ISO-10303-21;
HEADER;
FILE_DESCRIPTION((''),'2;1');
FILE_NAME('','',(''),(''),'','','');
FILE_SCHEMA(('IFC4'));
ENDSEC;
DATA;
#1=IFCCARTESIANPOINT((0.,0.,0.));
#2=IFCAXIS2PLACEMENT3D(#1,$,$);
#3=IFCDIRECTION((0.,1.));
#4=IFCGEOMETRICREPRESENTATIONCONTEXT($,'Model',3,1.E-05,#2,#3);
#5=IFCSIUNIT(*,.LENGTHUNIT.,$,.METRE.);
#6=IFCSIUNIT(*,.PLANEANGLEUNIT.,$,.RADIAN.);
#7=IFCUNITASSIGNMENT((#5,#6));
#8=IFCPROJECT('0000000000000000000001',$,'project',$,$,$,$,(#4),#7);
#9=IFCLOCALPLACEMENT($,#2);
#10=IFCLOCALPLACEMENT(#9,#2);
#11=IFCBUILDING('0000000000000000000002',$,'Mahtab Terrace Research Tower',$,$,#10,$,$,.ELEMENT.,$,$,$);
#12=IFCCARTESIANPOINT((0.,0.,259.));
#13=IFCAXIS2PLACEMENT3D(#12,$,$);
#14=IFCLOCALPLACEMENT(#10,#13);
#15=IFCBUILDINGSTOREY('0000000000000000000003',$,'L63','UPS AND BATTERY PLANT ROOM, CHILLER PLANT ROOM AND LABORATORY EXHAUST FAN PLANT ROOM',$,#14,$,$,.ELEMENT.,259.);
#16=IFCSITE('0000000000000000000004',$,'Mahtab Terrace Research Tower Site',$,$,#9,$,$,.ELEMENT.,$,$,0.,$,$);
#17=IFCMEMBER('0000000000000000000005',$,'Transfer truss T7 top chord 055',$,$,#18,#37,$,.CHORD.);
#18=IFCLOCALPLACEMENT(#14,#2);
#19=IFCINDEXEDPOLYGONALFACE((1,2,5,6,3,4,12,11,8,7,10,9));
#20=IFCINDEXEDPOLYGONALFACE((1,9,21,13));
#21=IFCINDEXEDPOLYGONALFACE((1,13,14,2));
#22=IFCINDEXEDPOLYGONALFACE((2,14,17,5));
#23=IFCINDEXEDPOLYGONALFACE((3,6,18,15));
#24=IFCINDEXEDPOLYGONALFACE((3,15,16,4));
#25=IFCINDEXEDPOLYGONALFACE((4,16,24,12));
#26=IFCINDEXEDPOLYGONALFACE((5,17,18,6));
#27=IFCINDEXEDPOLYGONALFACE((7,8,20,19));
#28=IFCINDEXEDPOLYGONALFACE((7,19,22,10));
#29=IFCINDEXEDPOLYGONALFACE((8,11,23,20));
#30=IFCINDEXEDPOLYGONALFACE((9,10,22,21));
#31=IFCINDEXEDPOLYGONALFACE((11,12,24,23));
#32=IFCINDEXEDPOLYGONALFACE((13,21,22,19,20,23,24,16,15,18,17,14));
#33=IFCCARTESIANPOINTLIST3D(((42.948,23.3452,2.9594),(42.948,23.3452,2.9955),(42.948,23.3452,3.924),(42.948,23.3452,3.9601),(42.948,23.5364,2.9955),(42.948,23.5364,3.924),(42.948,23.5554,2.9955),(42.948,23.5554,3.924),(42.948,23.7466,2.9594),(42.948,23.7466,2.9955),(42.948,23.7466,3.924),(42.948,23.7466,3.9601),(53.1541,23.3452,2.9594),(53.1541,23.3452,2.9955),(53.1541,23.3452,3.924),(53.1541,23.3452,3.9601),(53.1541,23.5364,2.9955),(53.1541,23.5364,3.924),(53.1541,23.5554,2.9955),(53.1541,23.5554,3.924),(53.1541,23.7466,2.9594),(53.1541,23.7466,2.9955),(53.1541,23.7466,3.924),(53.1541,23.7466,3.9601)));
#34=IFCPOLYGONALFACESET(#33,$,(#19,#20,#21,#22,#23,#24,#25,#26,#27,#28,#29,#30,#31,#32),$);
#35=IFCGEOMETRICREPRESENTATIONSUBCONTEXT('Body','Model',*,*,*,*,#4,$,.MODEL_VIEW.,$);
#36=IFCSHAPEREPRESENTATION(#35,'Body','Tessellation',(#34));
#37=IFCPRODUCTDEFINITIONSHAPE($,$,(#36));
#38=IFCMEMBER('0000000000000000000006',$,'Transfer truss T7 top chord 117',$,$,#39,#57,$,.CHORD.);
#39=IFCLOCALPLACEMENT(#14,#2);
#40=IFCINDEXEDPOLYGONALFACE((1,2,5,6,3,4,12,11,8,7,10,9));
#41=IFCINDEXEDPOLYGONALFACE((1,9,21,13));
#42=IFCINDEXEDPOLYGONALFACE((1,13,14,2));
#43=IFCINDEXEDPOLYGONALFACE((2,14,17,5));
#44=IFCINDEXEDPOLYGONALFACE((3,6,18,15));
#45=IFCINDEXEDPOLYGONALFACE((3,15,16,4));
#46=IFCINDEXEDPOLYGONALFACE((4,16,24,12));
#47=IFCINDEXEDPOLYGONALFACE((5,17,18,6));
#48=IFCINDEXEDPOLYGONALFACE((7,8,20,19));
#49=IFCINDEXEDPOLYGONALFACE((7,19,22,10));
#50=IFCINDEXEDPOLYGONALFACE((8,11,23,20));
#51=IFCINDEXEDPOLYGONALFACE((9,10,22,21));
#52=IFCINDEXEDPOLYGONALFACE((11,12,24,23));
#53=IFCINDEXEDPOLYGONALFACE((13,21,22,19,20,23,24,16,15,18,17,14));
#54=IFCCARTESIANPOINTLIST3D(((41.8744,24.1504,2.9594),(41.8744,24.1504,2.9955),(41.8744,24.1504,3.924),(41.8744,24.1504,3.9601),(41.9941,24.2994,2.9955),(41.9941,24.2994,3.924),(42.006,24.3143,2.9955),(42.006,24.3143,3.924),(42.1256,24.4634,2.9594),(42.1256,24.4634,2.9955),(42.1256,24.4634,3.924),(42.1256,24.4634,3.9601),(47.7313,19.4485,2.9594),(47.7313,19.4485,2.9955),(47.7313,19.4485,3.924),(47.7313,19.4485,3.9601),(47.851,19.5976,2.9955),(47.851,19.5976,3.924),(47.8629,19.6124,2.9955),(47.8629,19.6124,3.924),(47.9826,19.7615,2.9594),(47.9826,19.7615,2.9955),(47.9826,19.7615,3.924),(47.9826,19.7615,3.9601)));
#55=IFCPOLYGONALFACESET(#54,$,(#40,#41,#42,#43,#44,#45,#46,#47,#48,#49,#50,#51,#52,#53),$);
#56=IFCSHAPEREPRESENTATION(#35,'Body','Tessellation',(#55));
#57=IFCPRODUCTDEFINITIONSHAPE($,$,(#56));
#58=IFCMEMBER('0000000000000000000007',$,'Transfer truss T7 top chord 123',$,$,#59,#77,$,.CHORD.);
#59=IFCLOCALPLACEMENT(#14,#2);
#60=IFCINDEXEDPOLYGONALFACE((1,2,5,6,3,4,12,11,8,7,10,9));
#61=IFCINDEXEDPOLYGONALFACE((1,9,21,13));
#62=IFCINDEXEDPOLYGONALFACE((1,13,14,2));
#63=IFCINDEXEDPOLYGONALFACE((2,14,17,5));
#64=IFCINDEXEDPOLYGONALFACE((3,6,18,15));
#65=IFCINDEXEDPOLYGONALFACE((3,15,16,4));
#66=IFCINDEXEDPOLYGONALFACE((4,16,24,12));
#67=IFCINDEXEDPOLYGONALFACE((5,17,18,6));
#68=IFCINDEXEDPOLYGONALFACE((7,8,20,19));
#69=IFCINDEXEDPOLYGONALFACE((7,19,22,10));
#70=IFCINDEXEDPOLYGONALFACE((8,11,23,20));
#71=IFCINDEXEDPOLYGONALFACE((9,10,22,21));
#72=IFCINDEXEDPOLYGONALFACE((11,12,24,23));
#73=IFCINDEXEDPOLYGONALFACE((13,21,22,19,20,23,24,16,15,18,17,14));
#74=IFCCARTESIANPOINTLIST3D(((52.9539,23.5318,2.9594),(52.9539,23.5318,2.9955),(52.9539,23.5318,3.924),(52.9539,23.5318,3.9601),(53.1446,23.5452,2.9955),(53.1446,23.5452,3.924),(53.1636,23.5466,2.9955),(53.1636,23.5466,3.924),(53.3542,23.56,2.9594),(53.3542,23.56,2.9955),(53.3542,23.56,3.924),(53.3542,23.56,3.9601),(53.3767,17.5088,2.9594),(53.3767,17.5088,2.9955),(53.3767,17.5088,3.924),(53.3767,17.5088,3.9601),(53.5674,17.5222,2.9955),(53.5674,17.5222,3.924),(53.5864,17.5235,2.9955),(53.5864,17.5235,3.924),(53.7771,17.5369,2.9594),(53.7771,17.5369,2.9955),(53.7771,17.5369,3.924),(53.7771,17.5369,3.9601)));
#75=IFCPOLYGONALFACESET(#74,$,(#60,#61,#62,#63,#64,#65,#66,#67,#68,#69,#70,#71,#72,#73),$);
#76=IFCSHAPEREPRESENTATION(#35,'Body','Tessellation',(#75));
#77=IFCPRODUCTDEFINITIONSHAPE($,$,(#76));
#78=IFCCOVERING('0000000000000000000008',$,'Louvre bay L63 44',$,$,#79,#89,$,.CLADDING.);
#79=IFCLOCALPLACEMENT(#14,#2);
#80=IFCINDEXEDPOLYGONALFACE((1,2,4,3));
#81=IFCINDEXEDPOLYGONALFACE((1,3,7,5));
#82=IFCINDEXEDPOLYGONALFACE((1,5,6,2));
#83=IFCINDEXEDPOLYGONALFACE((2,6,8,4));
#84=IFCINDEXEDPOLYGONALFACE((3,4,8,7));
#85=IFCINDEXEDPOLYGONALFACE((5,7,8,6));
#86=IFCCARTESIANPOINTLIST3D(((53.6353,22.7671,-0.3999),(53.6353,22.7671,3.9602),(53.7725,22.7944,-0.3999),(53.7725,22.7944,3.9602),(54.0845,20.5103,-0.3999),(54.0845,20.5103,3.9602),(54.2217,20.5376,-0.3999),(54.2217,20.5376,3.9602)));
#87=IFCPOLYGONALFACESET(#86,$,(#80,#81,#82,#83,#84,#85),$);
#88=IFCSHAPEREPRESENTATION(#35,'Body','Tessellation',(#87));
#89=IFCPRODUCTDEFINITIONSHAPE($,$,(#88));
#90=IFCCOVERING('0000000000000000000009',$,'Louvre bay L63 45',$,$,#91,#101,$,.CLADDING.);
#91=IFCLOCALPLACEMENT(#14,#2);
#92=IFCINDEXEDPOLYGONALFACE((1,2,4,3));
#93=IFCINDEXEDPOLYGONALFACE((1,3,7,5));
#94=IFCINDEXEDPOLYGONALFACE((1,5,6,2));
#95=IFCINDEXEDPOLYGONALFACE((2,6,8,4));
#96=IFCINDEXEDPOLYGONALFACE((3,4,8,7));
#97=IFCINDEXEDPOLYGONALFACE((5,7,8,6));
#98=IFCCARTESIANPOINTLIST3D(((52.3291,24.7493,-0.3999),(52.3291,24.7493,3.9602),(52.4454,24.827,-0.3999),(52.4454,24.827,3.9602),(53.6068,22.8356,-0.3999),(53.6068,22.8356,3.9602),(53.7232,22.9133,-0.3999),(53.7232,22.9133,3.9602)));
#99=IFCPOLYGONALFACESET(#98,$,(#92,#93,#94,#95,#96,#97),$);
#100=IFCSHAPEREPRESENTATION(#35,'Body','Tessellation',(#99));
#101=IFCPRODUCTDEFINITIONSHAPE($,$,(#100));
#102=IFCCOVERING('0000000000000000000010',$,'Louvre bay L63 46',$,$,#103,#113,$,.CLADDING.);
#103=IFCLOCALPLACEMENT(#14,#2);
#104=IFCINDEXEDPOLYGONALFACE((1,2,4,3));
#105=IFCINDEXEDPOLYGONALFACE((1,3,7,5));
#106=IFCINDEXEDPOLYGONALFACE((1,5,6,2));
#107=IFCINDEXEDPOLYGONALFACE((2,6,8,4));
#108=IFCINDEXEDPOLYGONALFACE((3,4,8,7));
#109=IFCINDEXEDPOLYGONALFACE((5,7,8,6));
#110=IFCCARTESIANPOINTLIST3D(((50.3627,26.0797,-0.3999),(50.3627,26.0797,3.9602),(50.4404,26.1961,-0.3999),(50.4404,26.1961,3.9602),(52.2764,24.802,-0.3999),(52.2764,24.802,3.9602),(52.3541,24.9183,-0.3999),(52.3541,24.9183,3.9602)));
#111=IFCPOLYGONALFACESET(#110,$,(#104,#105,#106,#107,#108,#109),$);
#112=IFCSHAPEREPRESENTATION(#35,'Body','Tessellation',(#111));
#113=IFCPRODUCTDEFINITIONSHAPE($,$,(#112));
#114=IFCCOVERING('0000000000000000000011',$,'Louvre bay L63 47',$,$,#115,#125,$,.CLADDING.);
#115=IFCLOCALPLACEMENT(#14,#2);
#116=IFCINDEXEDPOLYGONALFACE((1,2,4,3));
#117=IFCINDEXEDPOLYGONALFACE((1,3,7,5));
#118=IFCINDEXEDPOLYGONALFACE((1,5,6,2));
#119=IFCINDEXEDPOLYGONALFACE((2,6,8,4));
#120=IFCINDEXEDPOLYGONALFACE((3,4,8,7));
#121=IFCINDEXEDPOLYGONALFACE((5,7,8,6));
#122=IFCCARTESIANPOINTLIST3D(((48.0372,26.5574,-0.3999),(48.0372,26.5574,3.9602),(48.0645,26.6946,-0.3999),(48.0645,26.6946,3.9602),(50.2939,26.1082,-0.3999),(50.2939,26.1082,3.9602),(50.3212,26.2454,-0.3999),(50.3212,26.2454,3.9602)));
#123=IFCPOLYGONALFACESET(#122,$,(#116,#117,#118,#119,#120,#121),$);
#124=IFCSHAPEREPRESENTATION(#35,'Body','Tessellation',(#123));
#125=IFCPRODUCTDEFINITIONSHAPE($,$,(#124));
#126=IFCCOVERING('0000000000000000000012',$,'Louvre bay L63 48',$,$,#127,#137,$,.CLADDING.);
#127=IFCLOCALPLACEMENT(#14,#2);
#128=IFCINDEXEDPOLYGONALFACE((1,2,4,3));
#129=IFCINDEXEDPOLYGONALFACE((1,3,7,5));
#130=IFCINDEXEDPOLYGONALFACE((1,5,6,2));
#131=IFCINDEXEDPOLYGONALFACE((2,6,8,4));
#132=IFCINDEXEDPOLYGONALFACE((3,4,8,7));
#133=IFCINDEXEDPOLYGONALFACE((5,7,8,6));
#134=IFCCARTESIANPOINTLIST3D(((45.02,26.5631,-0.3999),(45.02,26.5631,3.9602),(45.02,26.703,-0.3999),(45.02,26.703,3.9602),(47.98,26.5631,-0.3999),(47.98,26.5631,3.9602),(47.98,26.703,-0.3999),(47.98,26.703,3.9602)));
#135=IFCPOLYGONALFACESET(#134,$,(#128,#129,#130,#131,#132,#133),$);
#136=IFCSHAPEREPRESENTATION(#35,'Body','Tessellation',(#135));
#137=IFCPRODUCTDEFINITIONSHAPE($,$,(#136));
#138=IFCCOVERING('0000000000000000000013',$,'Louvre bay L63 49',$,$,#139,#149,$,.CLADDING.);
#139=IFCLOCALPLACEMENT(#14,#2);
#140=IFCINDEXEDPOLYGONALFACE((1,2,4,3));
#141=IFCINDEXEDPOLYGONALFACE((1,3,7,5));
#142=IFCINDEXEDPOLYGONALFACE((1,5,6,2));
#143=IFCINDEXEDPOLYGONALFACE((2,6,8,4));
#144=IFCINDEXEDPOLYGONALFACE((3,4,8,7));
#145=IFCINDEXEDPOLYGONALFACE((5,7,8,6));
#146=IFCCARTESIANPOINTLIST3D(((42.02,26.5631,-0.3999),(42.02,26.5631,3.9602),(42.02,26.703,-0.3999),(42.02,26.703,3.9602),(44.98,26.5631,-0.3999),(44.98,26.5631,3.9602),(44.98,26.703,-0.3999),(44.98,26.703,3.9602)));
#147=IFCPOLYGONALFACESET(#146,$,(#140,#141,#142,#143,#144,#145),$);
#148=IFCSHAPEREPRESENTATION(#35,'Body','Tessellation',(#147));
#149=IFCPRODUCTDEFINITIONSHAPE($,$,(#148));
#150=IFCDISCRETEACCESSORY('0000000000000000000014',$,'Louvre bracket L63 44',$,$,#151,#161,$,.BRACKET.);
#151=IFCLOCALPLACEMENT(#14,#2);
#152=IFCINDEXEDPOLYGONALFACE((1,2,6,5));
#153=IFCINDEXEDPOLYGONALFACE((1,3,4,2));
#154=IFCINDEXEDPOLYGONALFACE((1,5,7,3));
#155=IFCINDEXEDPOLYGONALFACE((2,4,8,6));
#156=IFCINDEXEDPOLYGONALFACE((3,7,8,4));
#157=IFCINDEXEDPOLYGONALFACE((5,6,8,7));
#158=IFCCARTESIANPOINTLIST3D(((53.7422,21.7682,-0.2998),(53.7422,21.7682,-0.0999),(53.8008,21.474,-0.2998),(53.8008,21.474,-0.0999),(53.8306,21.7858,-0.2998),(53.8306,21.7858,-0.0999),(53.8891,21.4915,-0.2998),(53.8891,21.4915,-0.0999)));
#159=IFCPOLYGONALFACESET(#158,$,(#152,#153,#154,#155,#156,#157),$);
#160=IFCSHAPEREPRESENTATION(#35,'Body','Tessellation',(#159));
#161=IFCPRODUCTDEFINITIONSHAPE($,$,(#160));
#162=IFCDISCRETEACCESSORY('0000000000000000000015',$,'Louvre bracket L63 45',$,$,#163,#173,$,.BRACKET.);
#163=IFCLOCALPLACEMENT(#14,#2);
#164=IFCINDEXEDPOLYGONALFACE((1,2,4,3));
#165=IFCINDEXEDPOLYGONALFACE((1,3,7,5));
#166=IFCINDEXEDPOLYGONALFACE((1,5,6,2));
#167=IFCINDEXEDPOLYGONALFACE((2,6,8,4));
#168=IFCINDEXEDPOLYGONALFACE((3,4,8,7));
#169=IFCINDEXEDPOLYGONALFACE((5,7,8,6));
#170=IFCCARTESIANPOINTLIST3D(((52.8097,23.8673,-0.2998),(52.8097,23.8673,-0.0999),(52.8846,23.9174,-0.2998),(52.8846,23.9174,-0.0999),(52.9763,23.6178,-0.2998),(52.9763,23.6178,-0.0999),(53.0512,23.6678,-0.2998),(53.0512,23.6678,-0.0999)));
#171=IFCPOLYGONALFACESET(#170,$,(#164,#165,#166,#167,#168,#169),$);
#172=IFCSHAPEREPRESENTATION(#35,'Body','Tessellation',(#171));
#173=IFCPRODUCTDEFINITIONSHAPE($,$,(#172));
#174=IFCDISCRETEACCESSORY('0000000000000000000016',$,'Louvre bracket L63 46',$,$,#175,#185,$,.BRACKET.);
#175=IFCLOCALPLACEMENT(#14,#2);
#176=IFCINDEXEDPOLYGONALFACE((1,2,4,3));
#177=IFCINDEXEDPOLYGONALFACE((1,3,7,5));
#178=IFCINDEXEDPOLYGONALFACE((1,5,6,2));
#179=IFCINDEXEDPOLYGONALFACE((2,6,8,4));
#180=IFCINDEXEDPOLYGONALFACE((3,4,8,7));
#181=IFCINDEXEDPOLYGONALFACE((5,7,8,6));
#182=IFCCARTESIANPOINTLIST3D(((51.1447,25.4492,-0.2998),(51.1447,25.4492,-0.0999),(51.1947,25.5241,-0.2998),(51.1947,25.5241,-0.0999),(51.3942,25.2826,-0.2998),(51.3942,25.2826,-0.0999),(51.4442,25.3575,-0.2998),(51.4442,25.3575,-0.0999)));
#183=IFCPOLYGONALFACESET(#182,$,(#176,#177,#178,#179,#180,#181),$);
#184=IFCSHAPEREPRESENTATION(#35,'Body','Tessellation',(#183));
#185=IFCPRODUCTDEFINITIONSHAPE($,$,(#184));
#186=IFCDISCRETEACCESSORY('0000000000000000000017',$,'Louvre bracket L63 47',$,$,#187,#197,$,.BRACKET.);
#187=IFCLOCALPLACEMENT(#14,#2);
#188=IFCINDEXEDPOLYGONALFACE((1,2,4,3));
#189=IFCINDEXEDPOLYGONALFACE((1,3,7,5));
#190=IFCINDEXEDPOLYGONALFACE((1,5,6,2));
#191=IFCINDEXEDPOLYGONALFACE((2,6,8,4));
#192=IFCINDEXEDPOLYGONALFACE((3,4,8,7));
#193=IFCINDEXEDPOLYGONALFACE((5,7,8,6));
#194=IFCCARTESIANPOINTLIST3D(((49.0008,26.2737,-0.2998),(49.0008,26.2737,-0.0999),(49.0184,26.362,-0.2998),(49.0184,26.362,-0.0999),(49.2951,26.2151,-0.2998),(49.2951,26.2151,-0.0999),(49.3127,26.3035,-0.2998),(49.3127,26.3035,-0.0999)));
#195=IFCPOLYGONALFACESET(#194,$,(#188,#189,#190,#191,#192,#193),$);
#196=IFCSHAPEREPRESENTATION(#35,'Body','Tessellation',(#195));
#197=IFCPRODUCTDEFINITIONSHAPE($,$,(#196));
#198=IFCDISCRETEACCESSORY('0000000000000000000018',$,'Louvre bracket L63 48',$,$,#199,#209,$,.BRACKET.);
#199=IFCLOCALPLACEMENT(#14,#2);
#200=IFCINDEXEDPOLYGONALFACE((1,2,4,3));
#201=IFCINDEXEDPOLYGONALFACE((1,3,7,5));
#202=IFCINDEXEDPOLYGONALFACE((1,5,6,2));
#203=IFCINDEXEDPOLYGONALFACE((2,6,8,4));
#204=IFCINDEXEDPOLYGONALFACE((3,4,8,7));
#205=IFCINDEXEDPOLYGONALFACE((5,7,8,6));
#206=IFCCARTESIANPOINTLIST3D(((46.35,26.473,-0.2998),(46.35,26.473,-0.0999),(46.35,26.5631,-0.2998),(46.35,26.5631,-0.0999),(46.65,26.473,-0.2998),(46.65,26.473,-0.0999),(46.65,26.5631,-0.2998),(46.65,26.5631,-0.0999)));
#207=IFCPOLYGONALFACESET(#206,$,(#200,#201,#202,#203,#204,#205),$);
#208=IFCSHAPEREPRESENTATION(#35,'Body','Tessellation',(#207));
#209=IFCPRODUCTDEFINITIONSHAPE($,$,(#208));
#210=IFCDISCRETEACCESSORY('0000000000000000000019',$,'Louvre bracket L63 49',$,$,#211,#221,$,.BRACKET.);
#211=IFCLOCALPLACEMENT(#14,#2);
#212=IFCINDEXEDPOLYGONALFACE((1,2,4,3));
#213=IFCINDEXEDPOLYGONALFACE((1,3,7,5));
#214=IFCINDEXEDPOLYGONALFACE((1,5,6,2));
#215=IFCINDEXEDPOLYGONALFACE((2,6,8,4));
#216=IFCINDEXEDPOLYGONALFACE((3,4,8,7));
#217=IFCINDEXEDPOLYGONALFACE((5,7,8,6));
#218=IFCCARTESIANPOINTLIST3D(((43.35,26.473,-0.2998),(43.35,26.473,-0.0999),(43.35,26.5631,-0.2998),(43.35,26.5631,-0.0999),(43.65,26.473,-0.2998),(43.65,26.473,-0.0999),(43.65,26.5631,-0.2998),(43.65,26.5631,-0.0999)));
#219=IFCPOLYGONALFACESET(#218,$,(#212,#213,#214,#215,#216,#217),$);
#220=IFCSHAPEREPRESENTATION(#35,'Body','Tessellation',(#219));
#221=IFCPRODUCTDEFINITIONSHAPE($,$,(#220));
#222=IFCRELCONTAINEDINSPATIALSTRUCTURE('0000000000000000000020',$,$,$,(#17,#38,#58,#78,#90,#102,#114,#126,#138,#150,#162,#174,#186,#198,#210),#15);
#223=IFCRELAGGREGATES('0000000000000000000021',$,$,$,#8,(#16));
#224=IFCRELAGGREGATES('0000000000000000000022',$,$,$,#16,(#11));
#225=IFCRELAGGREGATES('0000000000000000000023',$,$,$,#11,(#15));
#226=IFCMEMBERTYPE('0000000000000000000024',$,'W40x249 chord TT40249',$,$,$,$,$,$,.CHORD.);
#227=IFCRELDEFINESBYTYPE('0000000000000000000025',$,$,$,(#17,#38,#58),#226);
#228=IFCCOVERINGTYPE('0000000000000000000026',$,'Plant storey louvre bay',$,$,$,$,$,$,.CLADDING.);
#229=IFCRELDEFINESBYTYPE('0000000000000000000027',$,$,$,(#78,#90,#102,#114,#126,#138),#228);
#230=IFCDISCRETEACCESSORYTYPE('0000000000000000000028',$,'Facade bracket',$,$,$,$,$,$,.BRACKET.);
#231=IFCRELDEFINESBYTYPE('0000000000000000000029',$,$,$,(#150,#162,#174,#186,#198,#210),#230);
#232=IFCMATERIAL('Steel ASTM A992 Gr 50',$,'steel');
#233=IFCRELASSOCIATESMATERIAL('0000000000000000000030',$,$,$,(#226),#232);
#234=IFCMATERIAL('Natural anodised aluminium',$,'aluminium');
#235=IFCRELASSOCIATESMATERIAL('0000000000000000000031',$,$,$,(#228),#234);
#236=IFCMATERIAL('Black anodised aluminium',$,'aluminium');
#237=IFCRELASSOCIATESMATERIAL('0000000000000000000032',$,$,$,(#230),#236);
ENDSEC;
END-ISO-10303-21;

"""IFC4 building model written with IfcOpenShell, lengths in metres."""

from ifc_helpers import new_model, si_unit, direction, frame, origin, origin_2d, place, context, subcontext, project, spatial, rectangle, i_section, extrude, material, material_profile, profile_set, type_object, element, save


model = new_model("IFC4")

# Units and contexts
model_context = context("Model", 3, precision=1e-05, world=origin(), true_north=direction((0.0, 1.0)))
body_context = subcontext(model_context, "Body", "Model", "MODEL_VIEW")
ifc_project = project(units=[si_unit("LENGTHUNIT", "METRE"), si_unit("PLANEANGLEUNIT", "RADIAN")], contexts=[model_context])

# Site, building, storey
site_placement = place(None, origin())
site = spatial("IfcSite", under=ifc_project, at=site_placement, Name="Mahtab Terrace Research Tower Site", CompositionType="ELEMENT", RefElevation=0.0)
building_placement = place(site_placement, origin())
building = spatial("IfcBuilding", under=site, at=building_placement, Name="Mahtab Terrace Research Tower", CompositionType="ELEMENT")
storey_placement = place(building_placement, frame((0.0, 0.0, 259.0)))
storey = spatial("IfcBuildingStorey", under=building, at=storey_placement, Name="L63", Description="UPS AND BATTERY PLANT ROOM, CHILLER PLANT ROOM AND LABORATORY EXHAUST FAN PLANT ROOM", CompositionType="ELEMENT", Elevation=259.0)

# Members
ifc_material_1 = material(Name="Steel ASTM A992 Gr 50", Category="steel")
ifc_material_profile_1 = material_profile(ifc_material_1, i_section(OverallWidth=0.4014, OverallDepth=1.0007, WebThickness=0.019, FlangeThickness=0.0361, at=origin_2d()), Name="W40X249")
ifc_profile_set_1 = profile_set([ifc_material_profile_1], Name="Steel ASTM A992 Gr 50")
member_type_1 = type_object("IfcMemberType", Name="W40x249 chord TT40249", PredefinedType="CHORD", material=ifc_profile_set_1)
member_1_placement = place(storey_placement, frame((42.948, 23.5459, 3.4597), z_axis=(1.0, 0.0, 0.0), x_axis=(0.0, 1.0, 0.0)))
element("IfcMember", 1, at=member_1_placement, inside=storey, type_object=member_type_1, Name="Transfer truss T7 top chord 055", PredefinedType="CHORD", context=body_context, shape_type="SweptSolid", body=[
    extrude(i_section(OverallWidth=0.4014, OverallDepth=1.0007, WebThickness=0.019, FlangeThickness=0.0361, at=origin_2d()), origin(), (0.0, 0.0, 1.0), 10.2061),
])
member_2_placement = place(storey_placement, frame((47.8569, 19.605, 3.4597), z_axis=(-0.779805, 0.626022, 0.0), x_axis=(-0.626022, -0.779805, 0.0)))
element("IfcMember", 2, at=member_2_placement, inside=storey, type_object=member_type_1, Name="Transfer truss T7 top chord 117", PredefinedType="CHORD", context=body_context, shape_type="SweptSolid", body=[
    extrude(i_section(OverallWidth=0.4014, OverallDepth=1.0007, WebThickness=0.019, FlangeThickness=0.0361, at=origin_2d()), origin(), (0.0, 0.0, 1.0), 7.5107),
])
member_3_placement = place(storey_placement, frame((53.1541, 23.5459, 3.4597), z_axis=(0.070034, -0.997545, 0.0), x_axis=(0.997545, 0.070034, 0.0)))
element("IfcMember", 3, at=member_3_placement, inside=storey, type_object=member_type_1, Name="Transfer truss T7 top chord 123", PredefinedType="CHORD", context=body_context, shape_type="SweptSolid", body=[
    extrude(i_section(OverallWidth=0.4014, OverallDepth=1.0007, WebThickness=0.019, FlangeThickness=0.0361, at=origin_2d()), origin(), (0.0, 0.0, 1.0), 6.0378),
])

# Coverings
ifc_material_2 = material(Name="Natural anodised aluminium", Category="aluminium")
covering_type = type_object("IfcCoveringType", Name="Plant storey louvre bay", PredefinedType="CLADDING", material=ifc_material_2)
for number, where, z_axis, x_axis, name in (
    (4, (53.9285, 21.6523, -0.3999), (0.0, 0.0, 1.0), (-0.195212, 0.980761, 0.0), "Louvre bay L63 44"),
    (5, (53.0261, 23.8313, -0.3999), (0.0, 0.0, 1.0), (-0.555291, 0.831656, 0.0), "Louvre bay L63 45"),
    (6, (51.3584, 25.499, -0.3999), (0.0, 0.0, 1.0), (-0.831656, 0.555291, 0.0), "Louvre bay L63 46"),
    (7, (49.1792, 26.4014, -0.3999), (0.0, 0.0, 1.0), (-0.980761, 0.195212, 0.0), "Louvre bay L63 47"),
):
    element("IfcCovering", number, at=place(storey_placement, frame(where, z_axis=z_axis, x_axis=x_axis)), inside=storey, type_object=covering_type, Name=name, PredefinedType="CLADDING", context=body_context, shape_type="SweptSolid", body=[
        extrude(rectangle(XDim=2.301, YDim=0.1399, at=origin_2d()), origin(), (0.0, 0.0, 1.0), 4.3601),
    ])
for number, where, z_axis, x_axis, name in (
    (8, (46.5, 26.6331, -0.3999), (0.0, 0.0, 1.0), (-1.0, 0.0, 0.0), "Louvre bay L63 48"),
    (9, (43.5, 26.6331, -0.3999), (0.0, 0.0, 1.0), (-1.0, 0.0, 0.0), "Louvre bay L63 49"),
):
    element("IfcCovering", number, at=place(storey_placement, frame(where, z_axis=z_axis, x_axis=x_axis)), inside=storey, type_object=covering_type, Name=name, PredefinedType="CLADDING", context=body_context, shape_type="SweptSolid", body=[
        extrude(rectangle(XDim=2.96, YDim=0.1399, at=origin_2d()), origin(), (0.0, 0.0, 1.0), 4.3601),
    ])

# Discrete accessories
ifc_material_3 = material(Name="Black anodised aluminium", Category="aluminium")
discrete_accessory_type_1 = type_object("IfcDiscreteAccessoryType", Name="Facade bracket", PredefinedType="BRACKET", material=ifc_material_3)
for number, where, z_axis, x_axis, name in (
    (10, (53.8157, 21.6299, -0.2998), (0.0, 0.0, 1.0), (-0.195212, 0.980761, 0.0), "Louvre bracket L63 44"),
    (11, (52.9304, 23.7676, -0.2998), (0.0, 0.0, 1.0), (-0.555291, 0.831656, 0.0), "Louvre bracket L63 45"),
    (12, (51.2944, 25.4033, -0.2998), (0.0, 0.0, 1.0), (-0.831656, 0.555291, 0.0), "Louvre bracket L63 46"),
    (13, (49.1567, 26.2886, -0.2998), (0.0, 0.0, 1.0), (-0.980761, 0.195212, 0.0), "Louvre bracket L63 47"),
    (14, (46.5, 26.5181, -0.2998), (0.0, 0.0, 1.0), (-1.0, 0.0, 0.0), "Louvre bracket L63 48"),
    (15, (43.5, 26.5181, -0.2998), (0.0, 0.0, 1.0), (-1.0, 0.0, 0.0), "Louvre bracket L63 49"),
):
    element("IfcDiscreteAccessory", number, at=place(storey_placement, frame(where, z_axis=z_axis, x_axis=x_axis)), inside=storey, type_object=discrete_accessory_type_1, Name=name, PredefinedType="BRACKET", context=body_context, shape_type="SweptSolid", body=[
        extrude(rectangle(XDim=0.3, YDim=0.0901, at=origin_2d()), origin(), (0.0, 0.0, 1.0), 0.2),
    ])

save(model, "model.ifc")
